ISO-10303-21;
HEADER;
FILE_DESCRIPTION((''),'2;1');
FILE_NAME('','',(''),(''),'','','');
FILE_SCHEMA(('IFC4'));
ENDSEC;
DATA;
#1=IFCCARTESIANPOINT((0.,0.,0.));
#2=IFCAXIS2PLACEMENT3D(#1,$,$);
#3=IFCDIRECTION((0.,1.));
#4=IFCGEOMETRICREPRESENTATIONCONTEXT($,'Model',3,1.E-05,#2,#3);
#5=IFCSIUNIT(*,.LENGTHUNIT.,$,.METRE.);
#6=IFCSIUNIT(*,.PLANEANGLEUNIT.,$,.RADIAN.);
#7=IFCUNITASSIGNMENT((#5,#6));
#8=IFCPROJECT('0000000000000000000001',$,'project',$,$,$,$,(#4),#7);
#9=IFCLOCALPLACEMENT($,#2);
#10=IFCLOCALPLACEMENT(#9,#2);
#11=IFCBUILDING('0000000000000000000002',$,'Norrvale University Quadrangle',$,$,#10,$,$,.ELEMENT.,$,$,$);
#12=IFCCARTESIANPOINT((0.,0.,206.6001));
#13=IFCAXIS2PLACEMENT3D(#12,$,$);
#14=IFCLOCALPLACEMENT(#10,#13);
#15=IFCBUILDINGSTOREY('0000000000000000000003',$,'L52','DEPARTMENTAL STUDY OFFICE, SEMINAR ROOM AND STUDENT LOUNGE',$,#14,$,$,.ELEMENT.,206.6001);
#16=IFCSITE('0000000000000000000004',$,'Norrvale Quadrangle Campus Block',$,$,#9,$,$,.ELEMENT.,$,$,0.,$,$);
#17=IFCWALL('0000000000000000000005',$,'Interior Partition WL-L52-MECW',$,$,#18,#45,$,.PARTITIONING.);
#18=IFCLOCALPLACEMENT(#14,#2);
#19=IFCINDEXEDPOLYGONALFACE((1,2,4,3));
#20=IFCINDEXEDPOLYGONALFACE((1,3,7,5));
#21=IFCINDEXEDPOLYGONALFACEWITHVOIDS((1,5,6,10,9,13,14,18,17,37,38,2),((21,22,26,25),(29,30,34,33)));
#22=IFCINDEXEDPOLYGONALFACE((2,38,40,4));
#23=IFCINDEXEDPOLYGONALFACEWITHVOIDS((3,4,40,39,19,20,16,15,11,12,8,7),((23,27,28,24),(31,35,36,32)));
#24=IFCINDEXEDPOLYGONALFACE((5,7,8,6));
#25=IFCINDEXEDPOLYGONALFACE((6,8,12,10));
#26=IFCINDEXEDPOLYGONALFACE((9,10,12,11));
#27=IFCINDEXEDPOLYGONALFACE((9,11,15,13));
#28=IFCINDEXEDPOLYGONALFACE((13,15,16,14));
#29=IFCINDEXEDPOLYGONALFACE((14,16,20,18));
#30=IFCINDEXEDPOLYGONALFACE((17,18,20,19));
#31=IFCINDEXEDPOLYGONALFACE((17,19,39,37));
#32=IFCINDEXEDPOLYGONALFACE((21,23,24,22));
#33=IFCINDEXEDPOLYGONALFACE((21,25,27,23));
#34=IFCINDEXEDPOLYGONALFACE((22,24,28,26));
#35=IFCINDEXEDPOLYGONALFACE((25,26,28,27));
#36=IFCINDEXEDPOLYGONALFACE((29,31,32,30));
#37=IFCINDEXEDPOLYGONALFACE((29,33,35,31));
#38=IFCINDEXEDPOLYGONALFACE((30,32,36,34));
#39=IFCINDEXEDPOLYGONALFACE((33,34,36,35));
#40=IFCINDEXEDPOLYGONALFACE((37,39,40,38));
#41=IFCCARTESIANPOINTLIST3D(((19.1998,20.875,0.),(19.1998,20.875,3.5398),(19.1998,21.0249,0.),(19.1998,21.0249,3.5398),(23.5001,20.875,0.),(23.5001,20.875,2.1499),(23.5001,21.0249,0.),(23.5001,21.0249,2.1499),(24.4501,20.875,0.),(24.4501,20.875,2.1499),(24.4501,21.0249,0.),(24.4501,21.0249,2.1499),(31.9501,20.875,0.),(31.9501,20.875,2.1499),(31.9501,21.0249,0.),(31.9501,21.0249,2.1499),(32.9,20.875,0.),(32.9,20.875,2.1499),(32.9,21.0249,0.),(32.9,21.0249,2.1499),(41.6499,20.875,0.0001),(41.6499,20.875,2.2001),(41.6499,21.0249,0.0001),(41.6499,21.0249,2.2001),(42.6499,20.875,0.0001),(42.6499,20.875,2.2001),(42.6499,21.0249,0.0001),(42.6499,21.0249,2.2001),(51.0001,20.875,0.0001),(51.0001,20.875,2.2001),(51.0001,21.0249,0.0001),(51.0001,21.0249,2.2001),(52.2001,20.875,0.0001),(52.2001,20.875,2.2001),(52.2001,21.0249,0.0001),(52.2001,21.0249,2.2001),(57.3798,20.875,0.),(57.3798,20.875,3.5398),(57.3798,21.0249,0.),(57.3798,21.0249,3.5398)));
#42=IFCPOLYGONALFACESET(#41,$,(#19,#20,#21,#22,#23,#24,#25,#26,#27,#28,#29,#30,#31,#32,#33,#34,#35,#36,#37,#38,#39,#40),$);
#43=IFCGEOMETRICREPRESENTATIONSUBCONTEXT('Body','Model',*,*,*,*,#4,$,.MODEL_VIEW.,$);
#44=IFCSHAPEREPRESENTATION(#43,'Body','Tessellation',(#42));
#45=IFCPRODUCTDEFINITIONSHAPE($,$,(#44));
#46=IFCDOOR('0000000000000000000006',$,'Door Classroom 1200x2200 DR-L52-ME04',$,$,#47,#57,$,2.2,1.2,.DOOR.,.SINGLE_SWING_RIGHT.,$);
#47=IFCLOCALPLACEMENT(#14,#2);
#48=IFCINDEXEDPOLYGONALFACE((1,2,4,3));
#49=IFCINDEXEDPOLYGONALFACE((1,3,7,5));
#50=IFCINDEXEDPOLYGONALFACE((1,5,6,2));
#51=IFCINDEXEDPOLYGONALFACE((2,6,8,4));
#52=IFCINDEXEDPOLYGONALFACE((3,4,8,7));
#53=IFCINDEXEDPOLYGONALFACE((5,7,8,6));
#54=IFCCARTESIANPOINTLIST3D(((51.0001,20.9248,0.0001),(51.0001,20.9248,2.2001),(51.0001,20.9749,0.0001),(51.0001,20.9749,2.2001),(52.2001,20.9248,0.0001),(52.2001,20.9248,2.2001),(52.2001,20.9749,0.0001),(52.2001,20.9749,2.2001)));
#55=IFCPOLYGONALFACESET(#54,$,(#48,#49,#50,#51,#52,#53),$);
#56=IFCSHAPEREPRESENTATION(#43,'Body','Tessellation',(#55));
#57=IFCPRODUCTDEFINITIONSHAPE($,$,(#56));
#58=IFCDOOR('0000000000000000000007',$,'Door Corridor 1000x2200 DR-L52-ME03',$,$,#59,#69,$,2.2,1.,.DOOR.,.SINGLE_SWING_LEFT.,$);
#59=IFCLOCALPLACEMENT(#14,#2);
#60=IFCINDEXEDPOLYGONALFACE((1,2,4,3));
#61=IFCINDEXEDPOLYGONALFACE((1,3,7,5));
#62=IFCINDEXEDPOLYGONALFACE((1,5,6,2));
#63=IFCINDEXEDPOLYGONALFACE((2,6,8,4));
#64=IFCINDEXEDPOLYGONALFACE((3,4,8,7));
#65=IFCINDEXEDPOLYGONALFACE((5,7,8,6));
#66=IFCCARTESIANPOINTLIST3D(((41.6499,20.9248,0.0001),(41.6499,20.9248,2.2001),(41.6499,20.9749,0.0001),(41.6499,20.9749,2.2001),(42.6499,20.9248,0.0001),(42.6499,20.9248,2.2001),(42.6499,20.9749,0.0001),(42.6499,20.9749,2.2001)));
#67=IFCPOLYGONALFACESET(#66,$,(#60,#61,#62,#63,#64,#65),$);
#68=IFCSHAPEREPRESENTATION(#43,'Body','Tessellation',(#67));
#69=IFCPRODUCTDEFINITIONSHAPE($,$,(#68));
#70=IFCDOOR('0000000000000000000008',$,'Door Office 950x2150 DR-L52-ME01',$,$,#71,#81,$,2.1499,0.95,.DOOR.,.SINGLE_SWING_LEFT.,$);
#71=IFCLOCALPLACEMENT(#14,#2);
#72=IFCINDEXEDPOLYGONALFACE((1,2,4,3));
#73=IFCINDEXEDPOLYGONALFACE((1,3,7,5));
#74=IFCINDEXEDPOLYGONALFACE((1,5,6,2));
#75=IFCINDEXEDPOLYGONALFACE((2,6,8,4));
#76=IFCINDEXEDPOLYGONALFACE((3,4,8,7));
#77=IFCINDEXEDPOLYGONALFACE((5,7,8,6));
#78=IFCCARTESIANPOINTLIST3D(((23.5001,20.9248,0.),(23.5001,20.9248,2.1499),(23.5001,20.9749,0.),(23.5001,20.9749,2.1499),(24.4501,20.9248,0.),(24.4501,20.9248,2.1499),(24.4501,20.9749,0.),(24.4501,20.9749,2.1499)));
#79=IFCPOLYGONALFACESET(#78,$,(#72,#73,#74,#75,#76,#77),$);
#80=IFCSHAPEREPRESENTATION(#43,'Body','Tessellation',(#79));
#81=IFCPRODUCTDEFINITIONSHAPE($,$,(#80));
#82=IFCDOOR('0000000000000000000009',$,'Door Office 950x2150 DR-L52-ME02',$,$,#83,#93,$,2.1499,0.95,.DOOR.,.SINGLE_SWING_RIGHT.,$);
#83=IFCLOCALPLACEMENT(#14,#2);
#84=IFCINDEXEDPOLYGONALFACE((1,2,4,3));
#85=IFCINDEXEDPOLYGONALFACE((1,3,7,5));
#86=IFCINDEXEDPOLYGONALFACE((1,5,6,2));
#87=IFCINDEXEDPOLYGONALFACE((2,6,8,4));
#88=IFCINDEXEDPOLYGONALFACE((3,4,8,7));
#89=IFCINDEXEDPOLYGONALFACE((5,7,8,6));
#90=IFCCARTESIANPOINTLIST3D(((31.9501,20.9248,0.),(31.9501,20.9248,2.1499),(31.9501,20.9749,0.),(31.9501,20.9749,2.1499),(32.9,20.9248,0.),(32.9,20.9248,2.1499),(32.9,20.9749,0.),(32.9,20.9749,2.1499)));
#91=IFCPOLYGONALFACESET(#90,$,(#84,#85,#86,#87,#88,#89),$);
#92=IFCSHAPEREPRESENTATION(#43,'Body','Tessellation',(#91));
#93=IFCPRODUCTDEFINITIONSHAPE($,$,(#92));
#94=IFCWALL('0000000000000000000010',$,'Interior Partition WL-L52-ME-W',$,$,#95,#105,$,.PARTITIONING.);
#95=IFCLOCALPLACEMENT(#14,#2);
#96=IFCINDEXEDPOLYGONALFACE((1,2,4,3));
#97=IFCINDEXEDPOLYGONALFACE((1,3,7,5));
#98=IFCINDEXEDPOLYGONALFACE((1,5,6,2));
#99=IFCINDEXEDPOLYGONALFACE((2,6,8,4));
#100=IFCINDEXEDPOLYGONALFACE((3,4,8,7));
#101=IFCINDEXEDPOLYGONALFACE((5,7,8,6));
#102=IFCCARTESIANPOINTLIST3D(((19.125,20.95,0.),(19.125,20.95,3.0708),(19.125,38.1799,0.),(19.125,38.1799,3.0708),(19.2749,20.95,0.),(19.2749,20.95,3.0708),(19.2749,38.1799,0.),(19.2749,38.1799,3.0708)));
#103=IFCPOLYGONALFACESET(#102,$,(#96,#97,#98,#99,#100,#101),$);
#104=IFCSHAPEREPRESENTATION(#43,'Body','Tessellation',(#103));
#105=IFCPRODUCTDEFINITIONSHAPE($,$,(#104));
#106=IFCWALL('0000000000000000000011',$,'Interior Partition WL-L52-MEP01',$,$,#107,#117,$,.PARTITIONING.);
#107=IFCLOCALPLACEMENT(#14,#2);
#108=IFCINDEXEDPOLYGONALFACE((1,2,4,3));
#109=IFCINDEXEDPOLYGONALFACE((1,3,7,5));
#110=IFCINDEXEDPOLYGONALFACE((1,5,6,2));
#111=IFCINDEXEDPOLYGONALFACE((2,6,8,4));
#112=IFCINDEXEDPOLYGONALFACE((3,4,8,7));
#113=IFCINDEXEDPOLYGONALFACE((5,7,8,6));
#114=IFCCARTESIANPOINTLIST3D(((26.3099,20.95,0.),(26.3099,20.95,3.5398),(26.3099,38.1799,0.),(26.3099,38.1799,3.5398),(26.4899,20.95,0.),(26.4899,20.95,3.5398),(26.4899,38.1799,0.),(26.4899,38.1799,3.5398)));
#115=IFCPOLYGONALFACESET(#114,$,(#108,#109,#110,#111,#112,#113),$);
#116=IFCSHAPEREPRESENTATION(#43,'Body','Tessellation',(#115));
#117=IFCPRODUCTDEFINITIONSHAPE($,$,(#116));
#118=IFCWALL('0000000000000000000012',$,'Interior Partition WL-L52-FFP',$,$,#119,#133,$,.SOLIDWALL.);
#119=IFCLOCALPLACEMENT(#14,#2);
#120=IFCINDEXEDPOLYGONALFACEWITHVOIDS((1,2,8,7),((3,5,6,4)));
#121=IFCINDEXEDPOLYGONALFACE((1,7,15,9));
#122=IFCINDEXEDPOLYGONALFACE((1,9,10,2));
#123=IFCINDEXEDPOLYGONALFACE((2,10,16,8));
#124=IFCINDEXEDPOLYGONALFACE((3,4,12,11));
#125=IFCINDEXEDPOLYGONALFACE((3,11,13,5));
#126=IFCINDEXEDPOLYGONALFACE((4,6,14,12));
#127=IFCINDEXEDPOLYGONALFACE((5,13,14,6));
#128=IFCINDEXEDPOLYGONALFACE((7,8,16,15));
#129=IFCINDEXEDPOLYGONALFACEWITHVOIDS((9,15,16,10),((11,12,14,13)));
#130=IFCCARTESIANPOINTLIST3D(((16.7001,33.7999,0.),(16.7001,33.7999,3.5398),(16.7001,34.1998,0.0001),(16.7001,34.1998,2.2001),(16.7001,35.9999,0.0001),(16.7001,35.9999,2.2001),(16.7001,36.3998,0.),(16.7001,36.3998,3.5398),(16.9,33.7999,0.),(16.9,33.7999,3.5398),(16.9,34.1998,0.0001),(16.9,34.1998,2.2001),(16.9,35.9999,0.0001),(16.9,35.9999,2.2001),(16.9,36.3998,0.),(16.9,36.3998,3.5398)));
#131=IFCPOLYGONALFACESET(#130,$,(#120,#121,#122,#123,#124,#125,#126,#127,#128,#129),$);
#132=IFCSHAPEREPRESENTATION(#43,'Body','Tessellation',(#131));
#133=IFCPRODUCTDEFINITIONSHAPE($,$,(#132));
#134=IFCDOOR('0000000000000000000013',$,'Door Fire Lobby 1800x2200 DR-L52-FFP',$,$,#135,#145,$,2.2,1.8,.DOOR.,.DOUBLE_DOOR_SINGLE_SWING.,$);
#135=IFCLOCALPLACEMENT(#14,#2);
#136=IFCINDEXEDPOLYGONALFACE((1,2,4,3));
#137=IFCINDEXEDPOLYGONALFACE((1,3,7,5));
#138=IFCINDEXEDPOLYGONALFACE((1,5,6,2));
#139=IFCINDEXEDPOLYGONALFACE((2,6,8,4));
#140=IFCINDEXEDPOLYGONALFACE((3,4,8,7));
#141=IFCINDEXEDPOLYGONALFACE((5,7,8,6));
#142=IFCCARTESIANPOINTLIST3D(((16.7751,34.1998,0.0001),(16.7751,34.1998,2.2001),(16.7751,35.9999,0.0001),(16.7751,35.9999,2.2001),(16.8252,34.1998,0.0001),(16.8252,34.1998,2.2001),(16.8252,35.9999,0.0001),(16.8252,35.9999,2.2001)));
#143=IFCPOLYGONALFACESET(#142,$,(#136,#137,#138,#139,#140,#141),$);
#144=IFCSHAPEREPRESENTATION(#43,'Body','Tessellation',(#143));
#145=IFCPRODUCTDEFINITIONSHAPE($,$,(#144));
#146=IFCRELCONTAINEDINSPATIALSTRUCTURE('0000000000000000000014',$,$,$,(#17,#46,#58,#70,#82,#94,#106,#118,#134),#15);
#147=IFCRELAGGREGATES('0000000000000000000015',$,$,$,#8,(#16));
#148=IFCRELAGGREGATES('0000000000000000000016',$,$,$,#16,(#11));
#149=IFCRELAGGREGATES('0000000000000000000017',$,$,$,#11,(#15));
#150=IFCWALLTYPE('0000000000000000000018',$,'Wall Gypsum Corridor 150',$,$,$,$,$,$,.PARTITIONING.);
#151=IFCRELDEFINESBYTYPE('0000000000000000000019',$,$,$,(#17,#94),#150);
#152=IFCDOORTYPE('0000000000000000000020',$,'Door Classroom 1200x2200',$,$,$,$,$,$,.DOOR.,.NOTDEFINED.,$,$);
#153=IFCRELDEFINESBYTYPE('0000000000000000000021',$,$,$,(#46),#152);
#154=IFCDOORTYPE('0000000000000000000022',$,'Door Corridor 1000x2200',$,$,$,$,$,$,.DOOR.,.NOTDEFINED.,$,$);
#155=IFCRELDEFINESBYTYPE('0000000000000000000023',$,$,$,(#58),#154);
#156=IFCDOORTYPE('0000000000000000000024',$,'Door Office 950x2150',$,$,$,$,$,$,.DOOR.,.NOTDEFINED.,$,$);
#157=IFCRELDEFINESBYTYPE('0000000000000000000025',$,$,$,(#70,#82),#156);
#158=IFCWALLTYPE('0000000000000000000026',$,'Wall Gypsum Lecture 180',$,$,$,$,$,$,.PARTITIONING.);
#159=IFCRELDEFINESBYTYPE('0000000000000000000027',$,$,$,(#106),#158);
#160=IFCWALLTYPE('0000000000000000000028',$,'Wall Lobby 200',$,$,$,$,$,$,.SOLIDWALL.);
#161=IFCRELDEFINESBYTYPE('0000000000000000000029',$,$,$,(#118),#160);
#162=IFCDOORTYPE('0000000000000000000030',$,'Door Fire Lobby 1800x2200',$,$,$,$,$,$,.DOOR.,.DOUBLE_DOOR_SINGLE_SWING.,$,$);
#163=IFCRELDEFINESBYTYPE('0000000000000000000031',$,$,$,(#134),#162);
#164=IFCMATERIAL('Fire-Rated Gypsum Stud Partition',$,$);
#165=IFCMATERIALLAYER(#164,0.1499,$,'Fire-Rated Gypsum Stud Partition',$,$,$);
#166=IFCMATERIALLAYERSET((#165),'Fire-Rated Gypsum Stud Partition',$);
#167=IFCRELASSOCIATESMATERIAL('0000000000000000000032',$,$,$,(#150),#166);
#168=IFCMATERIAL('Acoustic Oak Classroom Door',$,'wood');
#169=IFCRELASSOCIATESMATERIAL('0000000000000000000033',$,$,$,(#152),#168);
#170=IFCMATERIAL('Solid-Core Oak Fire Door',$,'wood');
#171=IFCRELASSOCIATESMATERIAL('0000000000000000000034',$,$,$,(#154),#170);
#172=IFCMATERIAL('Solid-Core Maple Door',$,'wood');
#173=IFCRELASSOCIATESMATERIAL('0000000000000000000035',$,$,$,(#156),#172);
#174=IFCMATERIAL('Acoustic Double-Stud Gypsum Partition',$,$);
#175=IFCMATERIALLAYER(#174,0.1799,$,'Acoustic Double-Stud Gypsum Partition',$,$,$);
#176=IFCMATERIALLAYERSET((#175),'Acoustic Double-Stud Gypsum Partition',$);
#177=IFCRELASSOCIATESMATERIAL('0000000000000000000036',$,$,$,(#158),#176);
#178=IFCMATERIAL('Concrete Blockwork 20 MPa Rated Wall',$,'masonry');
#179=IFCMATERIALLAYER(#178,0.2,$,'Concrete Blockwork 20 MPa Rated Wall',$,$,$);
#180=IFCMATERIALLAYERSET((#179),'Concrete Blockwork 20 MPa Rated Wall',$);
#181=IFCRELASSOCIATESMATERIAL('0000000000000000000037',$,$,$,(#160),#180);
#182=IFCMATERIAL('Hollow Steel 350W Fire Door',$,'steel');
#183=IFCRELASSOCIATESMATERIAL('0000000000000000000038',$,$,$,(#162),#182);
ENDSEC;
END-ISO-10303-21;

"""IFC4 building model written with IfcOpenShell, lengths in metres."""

from ifc_helpers import new_model, si_unit, direction, frame, frame_2d, origin, place, context, subcontext, project, spatial, rectangle, extrude, material, layer, layer_set, type_object, element, fill, save


model = new_model("IFC4")

# Units and contexts
model_context = context("Model", 3, precision=1e-05, world=origin(), true_north=direction((0.0, 1.0)))
body_context = subcontext(model_context, "Body", "Model", "MODEL_VIEW")
ifc_project = project(units=[si_unit("LENGTHUNIT", "METRE"), si_unit("PLANEANGLEUNIT", "RADIAN")], contexts=[model_context])

# Site, building, storey
site_placement = place(None, origin())
site = spatial("IfcSite", under=ifc_project, at=site_placement, Name="Norrvale Quadrangle Campus Block", CompositionType="ELEMENT", RefElevation=0.0)
building_placement = place(site_placement, origin())
building = spatial("IfcBuilding", under=site, at=building_placement, Name="Norrvale University Quadrangle", CompositionType="ELEMENT")
storey_placement = place(building_placement, frame((0.0, 0.0, 206.6001)))
storey = spatial("IfcBuildingStorey", under=building, at=storey_placement, Name="L52", Description="DEPARTMENTAL STUDY OFFICE, SEMINAR ROOM AND STUDENT LOUNGE", CompositionType="ELEMENT", Elevation=206.6001)

# Wall, openings, doors
ifc_material_1 = material(Name="Fire-Rated Gypsum Stud Partition")
ifc_layer_1 = layer(ifc_material_1, 0.1499, Name="Fire-Rated Gypsum Stud Partition")
ifc_layer_set_1 = layer_set([ifc_layer_1], Name="Fire-Rated Gypsum Stud Partition")
wall_type_1 = type_object("IfcWallType", Name="Wall Gypsum Corridor 150", PredefinedType="PARTITIONING", material=ifc_layer_set_1)
wall_1_placement = place(storey_placement, frame((19.2, 20.95, 0.0), z_axis=(0.0, 0.0, 1.0), x_axis=(1.0, 0.0, 0.0)))
wall_1 = element("IfcWall", 1, at=wall_1_placement, inside=storey, type_object=wall_type_1, Name="Interior Partition WL-L52-MECW", PredefinedType="PARTITIONING", context=body_context, shape_type="SweptSolid", body=[
    extrude(rectangle(XDim=38.1799, YDim=0.1499, at=frame_2d((19.0898, 0.0))), origin(), (0.0, 0.0, 1.0), 3.5398),
])
opening_1_placement = place(wall_1_placement, frame((4.3, 0.0, 0.0)))
opening_1 = element("IfcOpeningElement", 2, at=opening_1_placement, cuts=wall_1, PredefinedType="OPENING", context=body_context, shape_type="SweptSolid", body=[
    extrude(rectangle(XDim=0.95, YDim=2.1499, at=frame_2d((0.4751, 1.075))), frame((0.0, 0.0869, 0.0), z_axis=(0.0, -1.0, 0.0), x_axis=(1.0, 0.0, 0.0)), (0.0, 0.0, 1.0), 0.1738),
])
opening_2_placement = place(wall_1_placement, frame((12.75, 0.0, 0.0)))
opening_2 = element("IfcOpeningElement", 3, at=opening_2_placement, cuts=wall_1, PredefinedType="OPENING", context=body_context, shape_type="SweptSolid", body=[
    extrude(rectangle(XDim=0.95, YDim=2.1499, at=frame_2d((0.4751, 1.075))), frame((0.0, 0.0869, 0.0), z_axis=(0.0, -1.0, 0.0), x_axis=(1.0, 0.0, 0.0)), (0.0, 0.0, 1.0), 0.1738),
])
opening_3_placement = place(wall_1_placement, frame((22.45, 0.0, 0.0)))
opening_3 = element("IfcOpeningElement", 4, at=opening_3_placement, cuts=wall_1, PredefinedType="OPENING", context=body_context, shape_type="SweptSolid", body=[
    extrude(rectangle(XDim=1.0, YDim=2.2, at=frame_2d((0.5, 1.1001))), frame((0.0, 0.0869, 0.0), z_axis=(0.0, -1.0, 0.0), x_axis=(1.0, 0.0, 0.0)), (0.0, 0.0, 1.0), 0.1738),
])
opening_4_placement = place(wall_1_placement, frame((31.8, 0.0, 0.0)))
opening_4 = element("IfcOpeningElement", 5, at=opening_4_placement, cuts=wall_1, PredefinedType="OPENING", context=body_context, shape_type="SweptSolid", body=[
    extrude(rectangle(XDim=1.2, YDim=2.2, at=frame_2d((0.6001, 1.1001))), frame((0.0, 0.0869, 0.0), z_axis=(0.0, -1.0, 0.0), x_axis=(1.0, 0.0, 0.0)), (0.0, 0.0, 1.0), 0.1738),
])
ifc_material_2 = material(Name="Acoustic Oak Classroom Door", Category="wood")
door_type_1 = type_object("IfcDoorType", Name="Door Classroom 1200x2200", OperationType="NOTDEFINED", PredefinedType="DOOR", material=ifc_material_2)
door_1_placement = place(opening_4_placement, origin())
door_1 = element("IfcDoor", 6, at=door_1_placement, inside=storey, type_object=door_type_1, Name="Door Classroom 1200x2200 DR-L52-ME04", OperationType="SINGLE_SWING_RIGHT", OverallHeight=2.2, OverallWidth=1.2, PredefinedType="DOOR", context=body_context, shape_type="SweptSolid", body=[
    extrude(rectangle(XDim=1.2, YDim=2.2, at=frame_2d((0.6001, 1.1001))), frame((0.0, 0.0249, 0.0), z_axis=(0.0, -1.0, 0.0), x_axis=(1.0, 0.0, 0.0)), (0.0, 0.0, 1.0), 0.05),
])
fill(opening_4, door_1)
ifc_material_3 = material(Name="Solid-Core Oak Fire Door", Category="wood")
door_type_2 = type_object("IfcDoorType", Name="Door Corridor 1000x2200", OperationType="NOTDEFINED", PredefinedType="DOOR", material=ifc_material_3)
door_2_placement = place(opening_3_placement, origin())
door_2 = element("IfcDoor", 7, at=door_2_placement, inside=storey, type_object=door_type_2, Name="Door Corridor 1000x2200 DR-L52-ME03", OperationType="SINGLE_SWING_LEFT", OverallHeight=2.2, OverallWidth=1.0, PredefinedType="DOOR", context=body_context, shape_type="SweptSolid", body=[
    extrude(rectangle(XDim=1.0, YDim=2.2, at=frame_2d((0.5, 1.1001))), frame((0.0, 0.0249, 0.0), z_axis=(0.0, -1.0, 0.0), x_axis=(1.0, 0.0, 0.0)), (0.0, 0.0, 1.0), 0.05),
])
fill(opening_3, door_2)
ifc_material_4 = material(Name="Solid-Core Maple Door", Category="wood")
door_type_3 = type_object("IfcDoorType", Name="Door Office 950x2150", OperationType="NOTDEFINED", PredefinedType="DOOR", material=ifc_material_4)
door_3_placement = place(opening_1_placement, origin())
door_3 = element("IfcDoor", 8, at=door_3_placement, inside=storey, type_object=door_type_3, Name="Door Office 950x2150 DR-L52-ME01", OperationType="SINGLE_SWING_LEFT", OverallHeight=2.1499, OverallWidth=0.95, PredefinedType="DOOR", context=body_context, shape_type="SweptSolid", body=[
    extrude(rectangle(XDim=0.95, YDim=2.1499, at=frame_2d((0.4751, 1.075))), frame((0.0, 0.0249, 0.0), z_axis=(0.0, -1.0, 0.0), x_axis=(1.0, 0.0, 0.0)), (0.0, 0.0, 1.0), 0.05),
])
fill(opening_1, door_3)
door_4_placement = place(opening_2_placement, origin())
door_4 = element("IfcDoor", 9, at=door_4_placement, inside=storey, type_object=door_type_3, Name="Door Office 950x2150 DR-L52-ME02", OperationType="SINGLE_SWING_RIGHT", OverallHeight=2.1499, OverallWidth=0.95, PredefinedType="DOOR", context=body_context, shape_type="SweptSolid", body=[
    extrude(rectangle(XDim=0.95, YDim=2.1499, at=frame_2d((0.4751, 1.075))), frame((0.0, 0.0249, 0.0), z_axis=(0.0, -1.0, 0.0), x_axis=(1.0, 0.0, 0.0)), (0.0, 0.0, 1.0), 0.05),
])
fill(opening_2, door_4)

# Walls
wall_2_placement = place(storey_placement, frame((19.2, 20.95, 0.0), z_axis=(0.0, 0.0, 1.0), x_axis=(0.0, 1.0, 0.0)))
element("IfcWall", 10, at=wall_2_placement, inside=storey, type_object=wall_type_1, Name="Interior Partition WL-L52-ME-W", PredefinedType="PARTITIONING", context=body_context, shape_type="SweptSolid", body=[
    extrude(rectangle(XDim=17.23, YDim=0.1499, at=frame_2d((8.615, 0.0))), origin(), (0.0, 0.0, 1.0), 3.0708),
])
ifc_material_5 = material(Name="Acoustic Double-Stud Gypsum Partition")
ifc_layer_2 = layer(ifc_material_5, 0.1799, Name="Acoustic Double-Stud Gypsum Partition")
ifc_layer_set_2 = layer_set([ifc_layer_2], Name="Acoustic Double-Stud Gypsum Partition")
wall_type_2 = type_object("IfcWallType", Name="Wall Gypsum Lecture 180", PredefinedType="PARTITIONING", material=ifc_layer_set_2)
wall_3_placement = place(storey_placement, frame((26.3999, 20.95, 0.0), z_axis=(0.0, 0.0, 1.0), x_axis=(0.0, 1.0, 0.0)))
element("IfcWall", 11, at=wall_3_placement, inside=storey, type_object=wall_type_2, Name="Interior Partition WL-L52-MEP01", PredefinedType="PARTITIONING", context=body_context, shape_type="SweptSolid", body=[
    extrude(rectangle(XDim=17.23, YDim=0.1799, at=frame_2d((8.615, 0.0))), origin(), (0.0, 0.0, 1.0), 3.5398),
])

# Wall, opening, door
ifc_material_6 = material(Name="Concrete Blockwork 20 MPa Rated Wall", Category="masonry")
ifc_layer_3 = layer(ifc_material_6, 0.2, Name="Concrete Blockwork 20 MPa Rated Wall")
ifc_layer_set_3 = layer_set([ifc_layer_3], Name="Concrete Blockwork 20 MPa Rated Wall")
wall_type_3 = type_object("IfcWallType", Name="Wall Lobby 200", PredefinedType="SOLIDWALL", material=ifc_layer_set_3)
wall_4_placement = place(storey_placement, frame((16.8, 33.8, 0.0), z_axis=(0.0, 0.0, 1.0), x_axis=(0.0, 1.0, 0.0)))
wall_4 = element("IfcWall", 12, at=wall_4_placement, inside=storey, type_object=wall_type_3, Name="Interior Partition WL-L52-FFP", PredefinedType="SOLIDWALL", context=body_context, shape_type="SweptSolid", body=[
    extrude(rectangle(XDim=2.5999, YDim=0.2, at=frame_2d((1.2998, 0.0))), origin(), (0.0, 0.0, 1.0), 3.5398),
])
opening_5_placement = place(wall_4_placement, frame((0.3999, 0.0, 0.0)))
opening_5 = element("IfcOpeningElement", 13, at=opening_5_placement, cuts=wall_4, PredefinedType="OPENING", context=body_context, shape_type="SweptSolid", body=[
    extrude(rectangle(XDim=1.8, YDim=2.2, at=frame_2d((0.8999, 1.1001))), frame((0.0, 0.1121, 0.0), z_axis=(0.0, -1.0, 0.0), x_axis=(1.0, 0.0, 0.0)), (0.0, 0.0, 1.0), 0.2239),
])
ifc_material_7 = material(Name="Hollow Steel 350W Fire Door", Category="steel")
door_type_4 = type_object("IfcDoorType", Name="Door Fire Lobby 1800x2200", OperationType="DOUBLE_DOOR_SINGLE_SWING", PredefinedType="DOOR", material=ifc_material_7)
door_5_placement = place(opening_5_placement, origin())
door_5 = element("IfcDoor", 14, at=door_5_placement, inside=storey, type_object=door_type_4, Name="Door Fire Lobby 1800x2200 DR-L52-FFP", OperationType="DOUBLE_DOOR_SINGLE_SWING", OverallHeight=2.2, OverallWidth=1.8, PredefinedType="DOOR", context=body_context, shape_type="SweptSolid", body=[
    extrude(rectangle(XDim=1.8, YDim=2.2, at=frame_2d((0.8999, 1.1001))), frame((0.0, 0.0249, 0.0), z_axis=(0.0, -1.0, 0.0), x_axis=(1.0, 0.0, 0.0)), (0.0, 0.0, 1.0), 0.05),
])
fill(opening_5, door_5)

save(model, "model.ifc")
